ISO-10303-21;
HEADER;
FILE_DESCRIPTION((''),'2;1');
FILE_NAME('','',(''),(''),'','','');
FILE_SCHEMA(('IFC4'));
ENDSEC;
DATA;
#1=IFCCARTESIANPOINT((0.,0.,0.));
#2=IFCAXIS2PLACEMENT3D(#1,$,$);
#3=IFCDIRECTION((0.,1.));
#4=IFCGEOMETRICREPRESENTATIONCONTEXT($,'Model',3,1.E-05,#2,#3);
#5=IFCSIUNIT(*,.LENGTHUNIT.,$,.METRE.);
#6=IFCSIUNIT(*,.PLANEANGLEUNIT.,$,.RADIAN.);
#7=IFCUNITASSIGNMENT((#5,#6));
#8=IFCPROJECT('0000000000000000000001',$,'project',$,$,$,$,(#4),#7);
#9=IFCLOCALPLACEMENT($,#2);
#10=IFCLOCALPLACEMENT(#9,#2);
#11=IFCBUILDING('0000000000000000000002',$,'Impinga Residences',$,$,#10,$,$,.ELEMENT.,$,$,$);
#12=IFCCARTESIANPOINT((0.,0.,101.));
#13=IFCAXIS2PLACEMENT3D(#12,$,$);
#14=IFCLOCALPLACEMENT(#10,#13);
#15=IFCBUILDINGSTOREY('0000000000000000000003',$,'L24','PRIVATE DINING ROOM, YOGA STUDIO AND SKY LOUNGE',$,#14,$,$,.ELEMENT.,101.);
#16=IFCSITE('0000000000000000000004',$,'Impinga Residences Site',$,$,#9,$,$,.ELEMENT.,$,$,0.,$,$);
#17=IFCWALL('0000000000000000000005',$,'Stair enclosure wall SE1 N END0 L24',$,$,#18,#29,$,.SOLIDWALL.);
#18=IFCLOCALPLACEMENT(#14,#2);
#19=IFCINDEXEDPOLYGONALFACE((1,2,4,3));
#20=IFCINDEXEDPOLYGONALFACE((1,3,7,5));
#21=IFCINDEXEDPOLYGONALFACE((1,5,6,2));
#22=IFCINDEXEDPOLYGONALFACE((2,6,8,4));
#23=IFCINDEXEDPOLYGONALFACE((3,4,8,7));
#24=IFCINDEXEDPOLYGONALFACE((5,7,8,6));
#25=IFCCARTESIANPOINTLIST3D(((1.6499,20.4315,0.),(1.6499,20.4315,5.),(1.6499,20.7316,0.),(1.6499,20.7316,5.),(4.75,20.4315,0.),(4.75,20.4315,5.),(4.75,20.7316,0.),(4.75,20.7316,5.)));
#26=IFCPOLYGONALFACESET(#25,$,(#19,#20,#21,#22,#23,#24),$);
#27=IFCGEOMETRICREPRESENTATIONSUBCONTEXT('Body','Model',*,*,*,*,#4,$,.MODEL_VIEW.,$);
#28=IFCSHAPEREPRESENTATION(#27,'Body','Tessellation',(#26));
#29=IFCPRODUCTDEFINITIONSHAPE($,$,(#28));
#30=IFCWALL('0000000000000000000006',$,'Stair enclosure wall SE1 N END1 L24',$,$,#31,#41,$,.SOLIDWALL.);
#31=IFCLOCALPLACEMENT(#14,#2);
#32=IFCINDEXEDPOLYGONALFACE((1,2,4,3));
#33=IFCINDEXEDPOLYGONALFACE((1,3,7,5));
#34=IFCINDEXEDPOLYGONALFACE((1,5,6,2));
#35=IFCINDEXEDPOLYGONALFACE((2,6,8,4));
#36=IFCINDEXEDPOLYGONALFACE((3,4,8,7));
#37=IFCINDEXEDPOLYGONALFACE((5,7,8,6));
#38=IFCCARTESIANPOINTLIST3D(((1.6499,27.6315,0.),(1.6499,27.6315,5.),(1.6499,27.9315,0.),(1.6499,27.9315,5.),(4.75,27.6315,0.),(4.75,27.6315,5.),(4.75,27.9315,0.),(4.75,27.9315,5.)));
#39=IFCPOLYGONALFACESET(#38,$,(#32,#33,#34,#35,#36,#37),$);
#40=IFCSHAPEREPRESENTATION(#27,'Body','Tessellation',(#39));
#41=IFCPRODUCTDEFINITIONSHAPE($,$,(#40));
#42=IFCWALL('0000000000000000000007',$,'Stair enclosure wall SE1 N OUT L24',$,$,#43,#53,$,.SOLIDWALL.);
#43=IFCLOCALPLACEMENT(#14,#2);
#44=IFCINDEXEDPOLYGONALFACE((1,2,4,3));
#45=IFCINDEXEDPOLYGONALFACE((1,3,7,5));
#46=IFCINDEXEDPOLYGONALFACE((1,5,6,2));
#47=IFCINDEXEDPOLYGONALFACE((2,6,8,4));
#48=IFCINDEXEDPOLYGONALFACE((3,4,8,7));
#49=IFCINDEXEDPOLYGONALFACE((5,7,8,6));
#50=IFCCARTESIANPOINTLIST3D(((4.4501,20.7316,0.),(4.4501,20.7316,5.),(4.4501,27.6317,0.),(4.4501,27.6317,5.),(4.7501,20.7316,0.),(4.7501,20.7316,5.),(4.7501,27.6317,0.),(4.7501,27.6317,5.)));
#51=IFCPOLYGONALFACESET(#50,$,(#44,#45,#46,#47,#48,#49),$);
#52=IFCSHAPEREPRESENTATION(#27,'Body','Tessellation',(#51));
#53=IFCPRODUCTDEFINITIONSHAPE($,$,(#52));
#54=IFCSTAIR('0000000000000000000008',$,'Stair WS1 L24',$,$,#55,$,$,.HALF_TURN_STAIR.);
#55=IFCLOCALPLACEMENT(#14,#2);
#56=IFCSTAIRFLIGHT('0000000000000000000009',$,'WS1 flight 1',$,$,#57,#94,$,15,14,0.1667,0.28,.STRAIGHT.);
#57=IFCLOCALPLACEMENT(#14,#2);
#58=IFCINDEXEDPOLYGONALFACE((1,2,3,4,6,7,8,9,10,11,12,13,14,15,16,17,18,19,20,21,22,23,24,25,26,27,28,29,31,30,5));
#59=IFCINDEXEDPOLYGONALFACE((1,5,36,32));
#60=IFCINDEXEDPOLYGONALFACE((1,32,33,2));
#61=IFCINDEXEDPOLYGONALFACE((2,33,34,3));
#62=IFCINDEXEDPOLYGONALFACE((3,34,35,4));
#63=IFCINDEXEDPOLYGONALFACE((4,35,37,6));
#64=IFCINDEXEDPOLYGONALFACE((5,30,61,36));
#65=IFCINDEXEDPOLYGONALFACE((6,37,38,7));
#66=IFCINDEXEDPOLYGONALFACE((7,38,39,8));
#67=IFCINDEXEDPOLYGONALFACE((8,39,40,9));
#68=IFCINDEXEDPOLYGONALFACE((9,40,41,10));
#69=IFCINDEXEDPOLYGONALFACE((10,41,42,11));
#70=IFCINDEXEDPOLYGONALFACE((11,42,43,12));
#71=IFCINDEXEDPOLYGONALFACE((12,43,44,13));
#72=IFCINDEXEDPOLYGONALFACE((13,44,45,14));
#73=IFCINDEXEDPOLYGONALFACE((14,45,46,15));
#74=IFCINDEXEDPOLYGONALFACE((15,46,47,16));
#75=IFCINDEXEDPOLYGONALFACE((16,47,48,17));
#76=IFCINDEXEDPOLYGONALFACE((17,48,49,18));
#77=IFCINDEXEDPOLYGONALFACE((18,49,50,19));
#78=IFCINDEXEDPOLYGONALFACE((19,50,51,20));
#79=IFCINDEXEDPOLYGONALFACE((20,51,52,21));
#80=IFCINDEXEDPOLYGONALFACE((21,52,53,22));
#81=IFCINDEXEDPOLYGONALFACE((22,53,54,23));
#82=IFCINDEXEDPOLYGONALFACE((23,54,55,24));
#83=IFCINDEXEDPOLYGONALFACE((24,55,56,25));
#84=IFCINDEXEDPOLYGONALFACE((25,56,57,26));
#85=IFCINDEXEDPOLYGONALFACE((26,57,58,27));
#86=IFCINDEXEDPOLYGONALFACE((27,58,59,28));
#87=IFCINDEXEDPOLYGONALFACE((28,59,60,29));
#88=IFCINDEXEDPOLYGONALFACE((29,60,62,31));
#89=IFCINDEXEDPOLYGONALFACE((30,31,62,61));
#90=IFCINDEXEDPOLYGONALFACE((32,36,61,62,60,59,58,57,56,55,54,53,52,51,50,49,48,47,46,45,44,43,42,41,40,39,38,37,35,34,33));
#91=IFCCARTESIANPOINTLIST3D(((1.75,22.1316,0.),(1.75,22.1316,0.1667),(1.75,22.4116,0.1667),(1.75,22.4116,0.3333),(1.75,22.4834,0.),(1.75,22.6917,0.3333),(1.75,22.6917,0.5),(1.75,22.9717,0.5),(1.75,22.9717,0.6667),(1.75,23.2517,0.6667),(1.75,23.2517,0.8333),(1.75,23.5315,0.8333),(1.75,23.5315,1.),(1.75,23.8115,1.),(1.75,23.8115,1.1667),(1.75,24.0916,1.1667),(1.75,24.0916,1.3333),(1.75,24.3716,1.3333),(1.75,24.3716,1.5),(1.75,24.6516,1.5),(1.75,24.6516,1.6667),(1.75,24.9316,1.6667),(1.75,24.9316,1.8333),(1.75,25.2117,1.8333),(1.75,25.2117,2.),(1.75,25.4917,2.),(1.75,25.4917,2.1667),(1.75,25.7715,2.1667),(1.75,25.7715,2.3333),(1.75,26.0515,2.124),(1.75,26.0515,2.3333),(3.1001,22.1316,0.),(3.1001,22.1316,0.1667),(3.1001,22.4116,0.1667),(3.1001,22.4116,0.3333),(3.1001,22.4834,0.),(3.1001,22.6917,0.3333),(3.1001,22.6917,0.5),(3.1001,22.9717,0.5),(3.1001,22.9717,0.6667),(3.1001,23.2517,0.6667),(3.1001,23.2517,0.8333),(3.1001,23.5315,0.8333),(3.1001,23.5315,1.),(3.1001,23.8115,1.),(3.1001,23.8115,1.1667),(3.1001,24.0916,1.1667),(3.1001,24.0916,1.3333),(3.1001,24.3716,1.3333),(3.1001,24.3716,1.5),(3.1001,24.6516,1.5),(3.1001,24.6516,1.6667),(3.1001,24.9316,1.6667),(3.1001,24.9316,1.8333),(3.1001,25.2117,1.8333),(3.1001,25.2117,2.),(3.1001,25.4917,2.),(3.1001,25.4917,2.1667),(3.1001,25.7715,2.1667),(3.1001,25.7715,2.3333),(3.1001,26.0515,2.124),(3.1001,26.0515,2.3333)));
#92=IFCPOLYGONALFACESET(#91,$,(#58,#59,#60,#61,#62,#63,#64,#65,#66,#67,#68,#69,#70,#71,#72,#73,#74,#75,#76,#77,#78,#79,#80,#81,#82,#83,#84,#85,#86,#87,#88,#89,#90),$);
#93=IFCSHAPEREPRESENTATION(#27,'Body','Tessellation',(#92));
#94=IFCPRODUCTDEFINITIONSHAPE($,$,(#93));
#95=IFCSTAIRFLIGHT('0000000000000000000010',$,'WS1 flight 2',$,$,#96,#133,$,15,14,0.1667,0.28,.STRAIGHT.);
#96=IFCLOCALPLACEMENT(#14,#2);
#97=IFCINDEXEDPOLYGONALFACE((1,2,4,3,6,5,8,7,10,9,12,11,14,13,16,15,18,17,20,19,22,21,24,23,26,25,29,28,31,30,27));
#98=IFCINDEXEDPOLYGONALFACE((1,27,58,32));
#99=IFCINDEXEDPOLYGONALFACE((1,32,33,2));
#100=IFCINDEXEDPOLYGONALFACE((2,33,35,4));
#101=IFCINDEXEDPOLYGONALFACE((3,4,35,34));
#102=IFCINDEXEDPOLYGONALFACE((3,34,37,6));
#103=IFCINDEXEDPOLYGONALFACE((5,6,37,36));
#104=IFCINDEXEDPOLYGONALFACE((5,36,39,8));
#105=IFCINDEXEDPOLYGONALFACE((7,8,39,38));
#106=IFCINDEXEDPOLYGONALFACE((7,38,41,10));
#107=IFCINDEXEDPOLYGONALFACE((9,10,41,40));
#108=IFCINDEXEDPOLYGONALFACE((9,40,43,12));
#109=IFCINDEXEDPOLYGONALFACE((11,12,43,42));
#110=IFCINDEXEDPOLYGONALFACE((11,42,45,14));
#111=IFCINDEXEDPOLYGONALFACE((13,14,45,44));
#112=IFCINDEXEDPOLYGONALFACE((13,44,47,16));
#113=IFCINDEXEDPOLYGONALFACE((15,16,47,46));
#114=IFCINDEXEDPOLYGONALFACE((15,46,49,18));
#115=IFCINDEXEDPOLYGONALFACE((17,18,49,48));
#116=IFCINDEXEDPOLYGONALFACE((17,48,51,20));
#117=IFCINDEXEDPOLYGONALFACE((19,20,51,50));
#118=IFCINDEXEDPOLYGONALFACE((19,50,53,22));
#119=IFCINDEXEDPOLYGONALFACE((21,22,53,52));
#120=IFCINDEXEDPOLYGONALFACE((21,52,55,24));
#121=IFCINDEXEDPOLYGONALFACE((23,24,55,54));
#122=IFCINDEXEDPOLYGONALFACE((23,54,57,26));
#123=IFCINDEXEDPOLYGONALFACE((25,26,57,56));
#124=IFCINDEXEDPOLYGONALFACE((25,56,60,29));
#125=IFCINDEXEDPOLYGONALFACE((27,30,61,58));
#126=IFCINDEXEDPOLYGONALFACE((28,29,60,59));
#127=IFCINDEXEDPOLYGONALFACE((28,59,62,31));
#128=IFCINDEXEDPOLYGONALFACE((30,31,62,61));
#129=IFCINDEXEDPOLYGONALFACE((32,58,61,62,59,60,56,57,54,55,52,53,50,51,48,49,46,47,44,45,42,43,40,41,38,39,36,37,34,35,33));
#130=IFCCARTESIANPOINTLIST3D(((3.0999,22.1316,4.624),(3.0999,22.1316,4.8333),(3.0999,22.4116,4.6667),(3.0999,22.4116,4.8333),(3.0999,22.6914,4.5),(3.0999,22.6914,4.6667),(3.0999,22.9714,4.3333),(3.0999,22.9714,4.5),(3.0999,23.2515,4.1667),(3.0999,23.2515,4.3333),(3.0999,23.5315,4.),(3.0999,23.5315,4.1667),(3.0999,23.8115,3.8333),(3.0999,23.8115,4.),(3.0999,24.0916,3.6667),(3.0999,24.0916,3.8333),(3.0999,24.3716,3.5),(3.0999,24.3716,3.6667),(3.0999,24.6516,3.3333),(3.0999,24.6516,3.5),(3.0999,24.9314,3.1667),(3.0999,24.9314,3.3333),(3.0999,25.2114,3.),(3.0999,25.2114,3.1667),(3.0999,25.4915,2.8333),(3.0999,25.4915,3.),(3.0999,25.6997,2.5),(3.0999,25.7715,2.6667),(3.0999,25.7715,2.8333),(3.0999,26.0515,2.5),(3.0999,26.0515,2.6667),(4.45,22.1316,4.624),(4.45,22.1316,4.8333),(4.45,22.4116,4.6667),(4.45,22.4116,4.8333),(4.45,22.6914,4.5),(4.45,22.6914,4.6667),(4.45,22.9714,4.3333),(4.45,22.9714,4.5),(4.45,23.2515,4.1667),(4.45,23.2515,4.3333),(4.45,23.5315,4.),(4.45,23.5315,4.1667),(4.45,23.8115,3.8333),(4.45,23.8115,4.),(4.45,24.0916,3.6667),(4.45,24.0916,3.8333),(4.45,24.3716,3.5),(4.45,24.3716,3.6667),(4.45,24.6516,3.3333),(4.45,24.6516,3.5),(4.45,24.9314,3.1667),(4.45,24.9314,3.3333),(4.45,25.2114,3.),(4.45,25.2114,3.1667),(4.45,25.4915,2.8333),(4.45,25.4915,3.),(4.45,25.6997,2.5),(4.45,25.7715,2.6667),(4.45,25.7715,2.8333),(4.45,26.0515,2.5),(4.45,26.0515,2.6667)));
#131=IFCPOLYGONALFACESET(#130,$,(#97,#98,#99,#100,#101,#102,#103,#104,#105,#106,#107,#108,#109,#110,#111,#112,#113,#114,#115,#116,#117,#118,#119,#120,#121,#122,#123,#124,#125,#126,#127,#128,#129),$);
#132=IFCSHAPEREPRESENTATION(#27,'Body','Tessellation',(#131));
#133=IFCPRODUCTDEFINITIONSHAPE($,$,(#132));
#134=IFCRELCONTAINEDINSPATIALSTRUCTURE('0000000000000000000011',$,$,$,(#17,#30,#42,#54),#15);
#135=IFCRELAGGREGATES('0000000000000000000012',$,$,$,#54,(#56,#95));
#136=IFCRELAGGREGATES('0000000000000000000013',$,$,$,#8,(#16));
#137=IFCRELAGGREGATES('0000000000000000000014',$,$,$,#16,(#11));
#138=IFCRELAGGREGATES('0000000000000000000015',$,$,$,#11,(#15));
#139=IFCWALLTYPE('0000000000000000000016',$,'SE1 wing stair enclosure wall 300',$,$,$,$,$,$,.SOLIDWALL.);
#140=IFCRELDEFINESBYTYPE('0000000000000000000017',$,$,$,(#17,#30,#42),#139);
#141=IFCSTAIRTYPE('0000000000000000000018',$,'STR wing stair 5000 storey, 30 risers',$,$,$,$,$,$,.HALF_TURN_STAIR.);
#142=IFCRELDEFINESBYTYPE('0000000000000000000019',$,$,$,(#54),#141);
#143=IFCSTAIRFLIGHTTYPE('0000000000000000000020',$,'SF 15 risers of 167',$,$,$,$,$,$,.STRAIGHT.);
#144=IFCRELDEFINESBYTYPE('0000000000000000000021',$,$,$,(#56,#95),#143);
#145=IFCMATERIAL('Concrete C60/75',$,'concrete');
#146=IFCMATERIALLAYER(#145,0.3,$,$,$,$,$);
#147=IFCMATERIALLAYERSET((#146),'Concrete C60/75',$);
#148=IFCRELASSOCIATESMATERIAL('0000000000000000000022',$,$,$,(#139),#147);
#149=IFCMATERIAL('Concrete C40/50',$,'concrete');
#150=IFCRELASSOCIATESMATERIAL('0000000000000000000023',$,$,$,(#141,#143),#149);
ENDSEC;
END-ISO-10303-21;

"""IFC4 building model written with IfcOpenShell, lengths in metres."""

from ifc_helpers import new_model, si_unit, direction, frame, frame_2d, origin, place, context, subcontext, project, spatial, polyline, rectangle, outline, extrude, material, layer, layer_set, type_object, element, aggregate, save


model = new_model("IFC4")

# Units and contexts
model_context = context("Model", 3, precision=1e-05, world=origin(), true_north=direction((0.0, 1.0)))
body_context = subcontext(model_context, "Body", "Model", "MODEL_VIEW")
ifc_project = project(units=[si_unit("LENGTHUNIT", "METRE"), si_unit("PLANEANGLEUNIT", "RADIAN")], contexts=[model_context])

# Site, building, storey
site_placement = place(None, origin())
site = spatial("IfcSite", under=ifc_project, at=site_placement, Name="Impinga Residences Site", CompositionType="ELEMENT", RefElevation=0.0)
building_placement = place(site_placement, origin())
building = spatial("IfcBuilding", under=site, at=building_placement, Name="Impinga Residences", CompositionType="ELEMENT")
storey_placement = place(building_placement, frame((0.0, 0.0, 101.0)))
storey = spatial("IfcBuildingStorey", under=building, at=storey_placement, Name="L24", Description="PRIVATE DINING ROOM, YOGA STUDIO AND SKY LOUNGE", CompositionType="ELEMENT", Elevation=101.0)

# Shared definitions
ifc_material_1 = material(Name="Concrete C60/75", Category="concrete")

# Walls
ifc_layer_1 = layer(ifc_material_1, 0.3)
ifc_layer_set_1 = layer_set([ifc_layer_1], Name="Concrete C60/75")
wall_type = type_object("IfcWallType", Name="SE1 wing stair enclosure wall 300", PredefinedType="SOLIDWALL", material=ifc_layer_set_1)
for number, where, z_axis, x_axis, name in (
    (1, (1.6499, 20.5815, 0.0), (0.0, 0.0, 1.0), (1.0, 0.0, 0.0), "Stair enclosure wall SE1 N END0 L24"),
    (2, (1.6499, 27.7815, 0.0), (0.0, 0.0, 1.0), (1.0, 0.0, 0.0), "Stair enclosure wall SE1 N END1 L24"),
):
    element("IfcWall", number, at=place(storey_placement, frame(where, z_axis=z_axis, x_axis=x_axis)), inside=storey, type_object=wall_type, Name=name, PredefinedType="SOLIDWALL", context=body_context, shape_type="SweptSolid", body=[
        extrude(rectangle(XDim=3.1001, YDim=0.3, at=frame_2d((1.55, 0.0))), origin(), (0.0, 0.0, 1.0), 5.0),
    ])
wall_placement = place(storey_placement, frame((4.6001, 20.7314, 0.0), z_axis=(0.0, 0.0, 1.0), x_axis=(0.0, 1.0, 0.0)))
element("IfcWall", 3, at=wall_placement, inside=storey, type_object=wall_type, Name="Stair enclosure wall SE1 N OUT L24", PredefinedType="SOLIDWALL", context=body_context, shape_type="SweptSolid", body=[
    extrude(rectangle(XDim=6.9001, YDim=0.3, at=frame_2d((3.4502, 0.0))), origin(), (0.0, 0.0, 1.0), 5.0),
])

# Stair, stair flights
ifc_material_2 = material(Name="Concrete C40/50", Category="concrete")
stair_type = type_object("IfcStairType", Name="STR wing stair 5000 storey, 30 risers", PredefinedType="HALF_TURN_STAIR", material=ifc_material_2)
stair_placement = place(storey_placement, origin())
stair = element("IfcStair", 4, at=stair_placement, inside=storey, type_object=stair_type, Name="Stair WS1 L24", PredefinedType="HALF_TURN_STAIR")
stair_flight_type = type_object("IfcStairFlightType", Name="SF 15 risers of 167", PredefinedType="STRAIGHT", material=ifc_material_2)
stair_flight_1_placement = place(storey_placement, frame((2.425, 22.1316, 0.0), z_axis=(0.0, 0.0, 1.0), x_axis=(0.0, 1.0, 0.0)))
stair_flight_1 = element("IfcStairFlight", 5, at=stair_flight_1_placement, type_object=stair_flight_type, Name="WS1 flight 1", NumberOfRisers=15, NumberOfTreads=14, PredefinedType="STRAIGHT", RiserHeight=0.1667, TreadLength=0.28, context=body_context, shape_type="SweptSolid", body=[
    extrude(outline(polyline([(0.0, 0.0), (0.0, 0.1667), (0.28, 0.1667), (0.28, 0.3333), (0.5601, 0.3333), (0.5601, 0.5), (0.8401, 0.5), (0.8401, 0.6667), (1.1201, 0.6667), (1.1201, 0.8333), (1.3999, 0.8333), (1.3999, 1.0), (1.6799, 1.0), (1.6799, 1.1667), (1.96, 1.1667), (1.96, 1.3333), (2.24, 1.3333), (2.24, 1.5), (2.52, 1.5), (2.52, 1.6667), (2.8, 1.6667), (2.8, 1.8333), (3.0801, 1.8333), (3.0801, 2.0), (3.3601, 2.0), (3.3601, 2.1667), (3.6399, 2.1667), (3.6399, 2.3333), (3.9199, 2.3333), (3.9199, 2.5), (3.9199, 2.124), (0.3518, 0.0), (0.0, 0.0)])), frame((0.0, 0.675, 0.0), z_axis=(0.0, -1.0, 0.0), x_axis=(1.0, 0.0, 0.0)), (0.0, 0.0, 1.0), 1.3501),
])
stair_flight_2_placement = place(storey_placement, frame((3.7749, 26.0515, 2.5), z_axis=(0.0, 0.0, 1.0), x_axis=(0.0, -1.0, 0.0)))
stair_flight_2 = element("IfcStairFlight", 6, at=stair_flight_2_placement, type_object=stair_flight_type, Name="WS1 flight 2", NumberOfRisers=15, NumberOfTreads=14, PredefinedType="STRAIGHT", RiserHeight=0.1667, TreadLength=0.28, context=body_context, shape_type="SweptSolid", body=[
    extrude(outline(polyline([(0.0, 0.0), (0.0, 0.1667), (0.28, 0.1667), (0.28, 0.3333), (0.5601, 0.3333), (0.5601, 0.5), (0.8401, 0.5), (0.8401, 0.6667), (1.1201, 0.6667), (1.1201, 0.8333), (1.3999, 0.8333), (1.3999, 1.0), (1.6799, 1.0), (1.6799, 1.1667), (1.96, 1.1667), (1.96, 1.3333), (2.24, 1.3333), (2.24, 1.5), (2.52, 1.5), (2.52, 1.6667), (2.8, 1.6667), (2.8, 1.8333), (3.0801, 1.8333), (3.0801, 2.0), (3.3601, 2.0), (3.3601, 2.1667), (3.6399, 2.1667), (3.6399, 2.3333), (3.9199, 2.3333), (3.9199, 2.5), (3.9199, 2.124), (0.3518, 0.0), (0.0, 0.0)])), frame((0.0, 0.675, 0.0), z_axis=(0.0, -1.0, 0.0), x_axis=(1.0, 0.0, 0.0)), (0.0, 0.0, 1.0), 1.3501),
])
aggregate(stair, [stair_flight_1, stair_flight_2])

save(model, "model.ifc")
